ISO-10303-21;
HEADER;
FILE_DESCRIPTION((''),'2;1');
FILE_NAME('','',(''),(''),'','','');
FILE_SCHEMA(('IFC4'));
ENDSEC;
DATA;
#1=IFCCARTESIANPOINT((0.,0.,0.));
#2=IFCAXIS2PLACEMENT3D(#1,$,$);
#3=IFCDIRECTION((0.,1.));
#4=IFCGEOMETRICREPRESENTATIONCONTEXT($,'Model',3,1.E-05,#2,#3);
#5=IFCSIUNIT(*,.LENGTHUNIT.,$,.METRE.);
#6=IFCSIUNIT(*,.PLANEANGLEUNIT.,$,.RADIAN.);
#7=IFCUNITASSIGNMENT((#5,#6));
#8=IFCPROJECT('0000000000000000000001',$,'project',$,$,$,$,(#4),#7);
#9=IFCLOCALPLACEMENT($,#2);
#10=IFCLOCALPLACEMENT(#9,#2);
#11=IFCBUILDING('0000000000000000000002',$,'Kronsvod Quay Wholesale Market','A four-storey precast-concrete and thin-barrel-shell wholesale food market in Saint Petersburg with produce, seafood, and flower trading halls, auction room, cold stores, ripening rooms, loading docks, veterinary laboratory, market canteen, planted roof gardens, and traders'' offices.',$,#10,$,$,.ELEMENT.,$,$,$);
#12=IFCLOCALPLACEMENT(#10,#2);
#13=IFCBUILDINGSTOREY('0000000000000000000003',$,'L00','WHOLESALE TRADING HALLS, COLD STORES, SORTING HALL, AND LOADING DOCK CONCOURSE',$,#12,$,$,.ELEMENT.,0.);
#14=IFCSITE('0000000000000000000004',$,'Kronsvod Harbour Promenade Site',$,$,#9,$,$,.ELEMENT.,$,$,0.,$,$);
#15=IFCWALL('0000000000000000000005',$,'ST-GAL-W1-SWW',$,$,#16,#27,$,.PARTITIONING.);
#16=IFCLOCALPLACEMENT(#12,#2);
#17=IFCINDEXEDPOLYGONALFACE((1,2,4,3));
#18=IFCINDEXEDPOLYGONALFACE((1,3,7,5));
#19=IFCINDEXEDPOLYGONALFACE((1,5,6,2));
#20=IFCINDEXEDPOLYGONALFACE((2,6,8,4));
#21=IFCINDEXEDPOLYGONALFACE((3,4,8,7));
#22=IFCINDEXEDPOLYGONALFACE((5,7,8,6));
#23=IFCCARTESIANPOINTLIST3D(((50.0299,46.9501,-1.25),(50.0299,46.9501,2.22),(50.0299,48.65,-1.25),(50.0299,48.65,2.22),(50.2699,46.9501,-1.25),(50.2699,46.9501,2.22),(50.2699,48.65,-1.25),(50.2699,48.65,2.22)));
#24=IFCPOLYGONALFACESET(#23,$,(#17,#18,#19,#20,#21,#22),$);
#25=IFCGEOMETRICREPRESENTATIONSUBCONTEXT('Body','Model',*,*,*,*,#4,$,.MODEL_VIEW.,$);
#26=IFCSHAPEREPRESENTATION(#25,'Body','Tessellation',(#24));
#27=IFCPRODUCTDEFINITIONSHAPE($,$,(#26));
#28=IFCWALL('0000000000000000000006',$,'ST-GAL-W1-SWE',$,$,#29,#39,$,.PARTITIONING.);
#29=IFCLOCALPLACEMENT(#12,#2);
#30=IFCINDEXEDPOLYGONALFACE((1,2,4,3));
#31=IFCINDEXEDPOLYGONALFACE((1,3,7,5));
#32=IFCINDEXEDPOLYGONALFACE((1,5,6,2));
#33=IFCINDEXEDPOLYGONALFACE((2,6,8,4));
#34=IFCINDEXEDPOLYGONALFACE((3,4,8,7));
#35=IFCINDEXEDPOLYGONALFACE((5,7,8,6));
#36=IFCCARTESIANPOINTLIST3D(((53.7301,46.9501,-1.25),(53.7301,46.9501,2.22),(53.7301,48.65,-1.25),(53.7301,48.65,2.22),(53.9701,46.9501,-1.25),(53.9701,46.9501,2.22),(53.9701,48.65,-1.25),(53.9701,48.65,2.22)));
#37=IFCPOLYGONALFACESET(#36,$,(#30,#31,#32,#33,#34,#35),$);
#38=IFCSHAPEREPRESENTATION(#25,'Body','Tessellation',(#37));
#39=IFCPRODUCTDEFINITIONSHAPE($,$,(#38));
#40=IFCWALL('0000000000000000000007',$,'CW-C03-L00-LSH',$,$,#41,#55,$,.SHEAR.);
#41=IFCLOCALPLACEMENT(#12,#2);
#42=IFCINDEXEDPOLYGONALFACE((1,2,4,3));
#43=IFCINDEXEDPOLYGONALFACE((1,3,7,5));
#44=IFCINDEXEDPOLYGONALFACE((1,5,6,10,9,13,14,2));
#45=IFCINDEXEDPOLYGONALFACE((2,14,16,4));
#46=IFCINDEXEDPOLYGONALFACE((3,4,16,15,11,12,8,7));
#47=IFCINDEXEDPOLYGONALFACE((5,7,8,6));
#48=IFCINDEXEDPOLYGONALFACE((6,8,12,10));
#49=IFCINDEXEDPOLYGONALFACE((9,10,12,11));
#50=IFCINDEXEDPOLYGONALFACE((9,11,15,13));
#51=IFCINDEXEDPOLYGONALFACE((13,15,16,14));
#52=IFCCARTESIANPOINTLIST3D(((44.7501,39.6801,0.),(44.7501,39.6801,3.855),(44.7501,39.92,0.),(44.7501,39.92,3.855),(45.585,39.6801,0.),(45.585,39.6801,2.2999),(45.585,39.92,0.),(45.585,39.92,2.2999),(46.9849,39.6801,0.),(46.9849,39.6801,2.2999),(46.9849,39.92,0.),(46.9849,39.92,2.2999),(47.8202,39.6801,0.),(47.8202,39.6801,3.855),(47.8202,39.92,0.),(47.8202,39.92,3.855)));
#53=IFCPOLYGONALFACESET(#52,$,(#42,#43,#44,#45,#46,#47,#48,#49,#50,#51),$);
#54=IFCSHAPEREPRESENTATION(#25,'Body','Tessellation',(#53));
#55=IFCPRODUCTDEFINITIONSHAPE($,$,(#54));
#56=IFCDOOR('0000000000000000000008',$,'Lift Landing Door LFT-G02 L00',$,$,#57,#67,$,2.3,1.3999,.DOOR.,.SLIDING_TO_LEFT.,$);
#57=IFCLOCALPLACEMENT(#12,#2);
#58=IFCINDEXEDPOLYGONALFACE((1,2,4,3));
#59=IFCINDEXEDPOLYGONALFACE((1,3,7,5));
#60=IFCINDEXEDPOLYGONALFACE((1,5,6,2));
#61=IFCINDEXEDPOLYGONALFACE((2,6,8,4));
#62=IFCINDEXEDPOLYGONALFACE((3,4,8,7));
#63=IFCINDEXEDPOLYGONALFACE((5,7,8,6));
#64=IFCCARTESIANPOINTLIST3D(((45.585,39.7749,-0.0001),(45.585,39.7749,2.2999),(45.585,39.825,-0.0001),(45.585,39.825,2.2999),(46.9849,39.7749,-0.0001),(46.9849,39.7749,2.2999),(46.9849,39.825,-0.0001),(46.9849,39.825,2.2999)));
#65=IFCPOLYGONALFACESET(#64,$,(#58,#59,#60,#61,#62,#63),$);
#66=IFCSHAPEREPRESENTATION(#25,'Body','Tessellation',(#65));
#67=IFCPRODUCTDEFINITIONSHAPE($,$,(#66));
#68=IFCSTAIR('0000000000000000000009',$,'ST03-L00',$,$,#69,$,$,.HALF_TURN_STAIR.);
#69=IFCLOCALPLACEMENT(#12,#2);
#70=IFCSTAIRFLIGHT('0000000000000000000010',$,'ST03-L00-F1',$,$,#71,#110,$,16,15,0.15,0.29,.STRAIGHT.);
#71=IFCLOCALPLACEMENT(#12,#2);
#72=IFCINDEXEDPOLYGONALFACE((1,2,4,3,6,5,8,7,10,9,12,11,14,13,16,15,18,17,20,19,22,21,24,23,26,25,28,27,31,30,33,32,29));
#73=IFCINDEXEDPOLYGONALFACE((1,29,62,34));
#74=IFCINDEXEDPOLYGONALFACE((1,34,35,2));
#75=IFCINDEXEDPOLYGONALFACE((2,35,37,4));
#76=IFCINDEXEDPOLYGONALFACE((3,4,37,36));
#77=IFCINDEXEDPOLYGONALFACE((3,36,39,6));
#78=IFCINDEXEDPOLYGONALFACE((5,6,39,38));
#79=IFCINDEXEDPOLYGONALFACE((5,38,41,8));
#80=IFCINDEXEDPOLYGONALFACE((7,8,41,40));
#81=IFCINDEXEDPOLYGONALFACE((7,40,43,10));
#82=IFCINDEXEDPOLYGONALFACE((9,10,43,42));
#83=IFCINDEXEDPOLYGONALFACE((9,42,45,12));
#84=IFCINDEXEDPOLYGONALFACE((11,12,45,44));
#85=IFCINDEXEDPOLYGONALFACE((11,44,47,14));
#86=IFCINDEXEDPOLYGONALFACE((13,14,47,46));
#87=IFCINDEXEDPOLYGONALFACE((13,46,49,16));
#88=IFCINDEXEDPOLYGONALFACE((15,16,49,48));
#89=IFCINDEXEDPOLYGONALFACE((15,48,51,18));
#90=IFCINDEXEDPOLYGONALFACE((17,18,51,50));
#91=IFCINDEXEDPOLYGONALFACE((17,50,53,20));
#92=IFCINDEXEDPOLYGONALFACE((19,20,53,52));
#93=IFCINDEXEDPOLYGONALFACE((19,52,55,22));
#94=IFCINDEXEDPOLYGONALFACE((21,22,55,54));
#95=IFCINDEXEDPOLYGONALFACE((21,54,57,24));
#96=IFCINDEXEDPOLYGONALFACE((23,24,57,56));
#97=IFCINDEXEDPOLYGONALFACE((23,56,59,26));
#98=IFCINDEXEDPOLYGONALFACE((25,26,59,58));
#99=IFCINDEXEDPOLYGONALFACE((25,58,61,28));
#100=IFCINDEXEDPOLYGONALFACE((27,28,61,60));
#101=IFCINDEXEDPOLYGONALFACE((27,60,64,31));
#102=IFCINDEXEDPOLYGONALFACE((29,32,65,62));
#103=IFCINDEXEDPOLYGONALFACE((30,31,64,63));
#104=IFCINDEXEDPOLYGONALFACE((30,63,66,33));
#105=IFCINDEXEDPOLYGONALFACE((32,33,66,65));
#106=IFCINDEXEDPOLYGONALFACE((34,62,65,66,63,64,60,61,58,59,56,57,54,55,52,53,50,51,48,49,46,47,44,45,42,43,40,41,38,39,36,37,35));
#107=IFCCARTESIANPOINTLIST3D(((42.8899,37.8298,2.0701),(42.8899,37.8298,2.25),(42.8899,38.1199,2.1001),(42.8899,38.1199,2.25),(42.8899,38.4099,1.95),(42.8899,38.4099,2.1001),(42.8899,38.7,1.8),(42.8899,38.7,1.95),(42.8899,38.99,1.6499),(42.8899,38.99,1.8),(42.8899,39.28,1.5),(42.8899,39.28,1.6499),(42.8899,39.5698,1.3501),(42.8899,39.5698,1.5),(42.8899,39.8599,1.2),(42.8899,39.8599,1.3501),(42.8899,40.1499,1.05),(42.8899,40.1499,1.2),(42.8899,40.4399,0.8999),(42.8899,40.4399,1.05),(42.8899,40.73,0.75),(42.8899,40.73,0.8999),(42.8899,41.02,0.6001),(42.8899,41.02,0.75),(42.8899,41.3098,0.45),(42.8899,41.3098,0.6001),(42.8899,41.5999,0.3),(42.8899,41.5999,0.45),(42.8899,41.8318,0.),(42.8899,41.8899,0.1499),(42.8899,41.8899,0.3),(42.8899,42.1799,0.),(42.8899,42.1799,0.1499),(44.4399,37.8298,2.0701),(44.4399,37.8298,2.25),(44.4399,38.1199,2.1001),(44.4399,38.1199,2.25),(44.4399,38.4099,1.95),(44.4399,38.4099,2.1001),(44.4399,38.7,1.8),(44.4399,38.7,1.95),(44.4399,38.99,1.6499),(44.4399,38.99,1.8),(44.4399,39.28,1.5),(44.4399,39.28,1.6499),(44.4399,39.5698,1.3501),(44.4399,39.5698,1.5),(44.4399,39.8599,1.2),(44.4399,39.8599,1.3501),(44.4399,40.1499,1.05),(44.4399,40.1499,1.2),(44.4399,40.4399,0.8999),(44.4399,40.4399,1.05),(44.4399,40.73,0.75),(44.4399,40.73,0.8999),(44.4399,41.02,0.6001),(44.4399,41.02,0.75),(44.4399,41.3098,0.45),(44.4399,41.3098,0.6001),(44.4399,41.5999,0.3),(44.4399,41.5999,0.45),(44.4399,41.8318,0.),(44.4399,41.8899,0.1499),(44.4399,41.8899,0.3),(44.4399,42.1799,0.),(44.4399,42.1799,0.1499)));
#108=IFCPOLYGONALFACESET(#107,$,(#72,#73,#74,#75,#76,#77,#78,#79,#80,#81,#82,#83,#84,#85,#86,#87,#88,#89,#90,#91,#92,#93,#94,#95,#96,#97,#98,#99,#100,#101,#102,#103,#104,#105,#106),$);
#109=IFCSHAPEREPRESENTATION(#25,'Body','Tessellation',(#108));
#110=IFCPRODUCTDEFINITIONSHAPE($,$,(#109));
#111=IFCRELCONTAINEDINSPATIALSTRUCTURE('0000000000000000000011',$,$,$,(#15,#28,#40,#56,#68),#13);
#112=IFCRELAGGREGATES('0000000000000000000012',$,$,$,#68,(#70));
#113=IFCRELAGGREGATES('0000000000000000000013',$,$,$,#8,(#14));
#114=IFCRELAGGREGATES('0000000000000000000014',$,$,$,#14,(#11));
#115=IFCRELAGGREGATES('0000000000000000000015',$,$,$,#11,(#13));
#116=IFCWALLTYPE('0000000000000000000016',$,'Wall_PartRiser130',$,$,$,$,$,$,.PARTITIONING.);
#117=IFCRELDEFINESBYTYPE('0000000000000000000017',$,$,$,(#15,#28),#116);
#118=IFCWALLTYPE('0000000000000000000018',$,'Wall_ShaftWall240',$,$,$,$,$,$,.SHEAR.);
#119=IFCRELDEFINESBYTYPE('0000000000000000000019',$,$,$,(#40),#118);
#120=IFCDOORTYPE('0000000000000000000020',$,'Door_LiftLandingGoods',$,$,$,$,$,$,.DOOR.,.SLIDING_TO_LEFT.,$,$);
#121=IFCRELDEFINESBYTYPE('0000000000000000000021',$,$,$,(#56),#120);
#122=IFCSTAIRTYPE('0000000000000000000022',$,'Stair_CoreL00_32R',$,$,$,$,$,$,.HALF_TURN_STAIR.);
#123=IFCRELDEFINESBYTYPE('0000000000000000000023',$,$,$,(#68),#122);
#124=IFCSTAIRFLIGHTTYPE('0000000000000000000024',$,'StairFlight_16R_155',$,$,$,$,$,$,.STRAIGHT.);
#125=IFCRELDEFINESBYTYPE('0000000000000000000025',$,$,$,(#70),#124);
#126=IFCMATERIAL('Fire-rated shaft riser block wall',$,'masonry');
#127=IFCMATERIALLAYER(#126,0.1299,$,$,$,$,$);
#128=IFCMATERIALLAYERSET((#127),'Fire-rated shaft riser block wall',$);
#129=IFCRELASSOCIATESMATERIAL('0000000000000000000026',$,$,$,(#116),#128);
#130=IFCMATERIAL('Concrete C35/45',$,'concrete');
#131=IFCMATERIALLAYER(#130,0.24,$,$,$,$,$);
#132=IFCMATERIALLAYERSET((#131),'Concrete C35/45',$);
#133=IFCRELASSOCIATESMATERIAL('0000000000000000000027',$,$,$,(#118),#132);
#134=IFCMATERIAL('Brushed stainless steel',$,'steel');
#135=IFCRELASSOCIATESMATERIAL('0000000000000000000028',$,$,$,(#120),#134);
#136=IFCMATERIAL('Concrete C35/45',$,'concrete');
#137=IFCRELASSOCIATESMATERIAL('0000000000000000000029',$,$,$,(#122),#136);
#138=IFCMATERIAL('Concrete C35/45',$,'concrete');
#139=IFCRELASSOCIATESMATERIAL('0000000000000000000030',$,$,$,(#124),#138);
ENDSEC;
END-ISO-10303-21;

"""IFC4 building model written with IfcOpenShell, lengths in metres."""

from ifc_helpers import new_model, si_unit, direction, frame, frame_2d, origin, place, context, subcontext, project, spatial, polyline, rectangle, outline, extrude, material, layer, layer_set, type_object, element, fill, aggregate, save


model = new_model("IFC4")

# Units and contexts
model_context = context("Model", 3, precision=1e-05, world=origin(), true_north=direction((0.0, 1.0)))
body_context = subcontext(model_context, "Body", "Model", "MODEL_VIEW")
ifc_project = project(units=[si_unit("LENGTHUNIT", "METRE"), si_unit("PLANEANGLEUNIT", "RADIAN")], contexts=[model_context])

# Site, building, storey
site_placement = place(None, origin())
site = spatial("IfcSite", under=ifc_project, at=site_placement, Name="Kronsvod Harbour Promenade Site", CompositionType="ELEMENT", RefElevation=0.0)
building_placement = place(site_placement, origin())
building = spatial("IfcBuilding", under=site, at=building_placement, Name="Kronsvod Quay Wholesale Market", Description="A four-storey precast-concrete and thin-barrel-shell wholesale food market in Saint Petersburg with produce, seafood, and flower trading halls, auction room, cold stores, ripening rooms, loading docks, veterinary laboratory, market canteen, planted roof gardens, and traders' offices.", CompositionType="ELEMENT")
storey_placement = place(building_placement, origin())
storey = spatial("IfcBuildingStorey", under=building, at=storey_placement, Name="L00", Description="WHOLESALE TRADING HALLS, COLD STORES, SORTING HALL, AND LOADING DOCK CONCOURSE", CompositionType="ELEMENT", Elevation=0.0)

# Walls
ifc_material_1 = material(Name="Fire-rated shaft riser block wall", Category="masonry")
ifc_layer_1 = layer(ifc_material_1, 0.1299)
ifc_layer_set_1 = layer_set([ifc_layer_1], Name="Fire-rated shaft riser block wall")
wall_type_1 = type_object("IfcWallType", Name="Wall_PartRiser130", PredefinedType="PARTITIONING", material=ifc_layer_set_1)
for number, where, z_axis, x_axis, name in (
    (1, (50.1499, 46.95, -1.25), (0.0, 0.0, 1.0), (0.0, 1.0, 0.0), "ST-GAL-W1-SWW"),
    (2, (53.8501, 46.95, -1.25), (0.0, 0.0, 1.0), (0.0, 1.0, 0.0), "ST-GAL-W1-SWE"),
):
    element("IfcWall", number, at=place(storey_placement, frame(where, z_axis=z_axis, x_axis=x_axis)), inside=storey, type_object=wall_type_1, Name=name, PredefinedType="PARTITIONING", context=body_context, shape_type="SweptSolid", body=[
        extrude(rectangle(XDim=1.7, YDim=0.24, at=frame_2d((0.8501, 0.0))), origin(), (0.0, 0.0, 1.0), 3.47),
    ])

# Wall, opening, door
ifc_material_2 = material(Name="Concrete C35/45", Category="concrete")
ifc_layer_2 = layer(ifc_material_2, 0.24)
ifc_layer_set_2 = layer_set([ifc_layer_2], Name="Concrete C35/45")
wall_type_2 = type_object("IfcWallType", Name="Wall_ShaftWall240", PredefinedType="SHEAR", material=ifc_layer_set_2)
wall_1_placement = place(storey_placement, frame((44.75, 39.8, 0.0), z_axis=(0.0, 0.0, 1.0), x_axis=(1.0, 0.0, 0.0)))
wall_1 = element("IfcWall", 3, at=wall_1_placement, inside=storey, type_object=wall_type_2, Name="CW-C03-L00-LSH", PredefinedType="SHEAR", context=body_context, shape_type="SweptSolid", body=[
    extrude(rectangle(XDim=3.0701, YDim=0.24, at=frame_2d((1.5352, 0.0))), origin(), (0.0, 0.0, 1.0), 3.855),
])
opening_1_placement = place(wall_1_placement, frame((0.835, 0.0, 0.0)))
opening_1 = element("IfcOpeningElement", 4, at=opening_1_placement, cuts=wall_1, PredefinedType="OPENING", context=body_context, shape_type="SweptSolid", body=[
    extrude(rectangle(XDim=1.3999, YDim=2.3, at=frame_2d((0.7, 1.1499))), frame((0.0, 0.1299, 0.0), z_axis=(0.0, -1.0, 0.0), x_axis=(1.0, 0.0, 0.0)), (0.0, 0.0, 1.0), 0.26),
])
ifc_material_3 = material(Name="Brushed stainless steel", Category="steel")
door_type_1 = type_object("IfcDoorType", Name="Door_LiftLandingGoods", OperationType="SLIDING_TO_LEFT", PredefinedType="DOOR", material=ifc_material_3)
door_1_placement = place(opening_1_placement, origin())
door_1 = element("IfcDoor", 5, at=door_1_placement, inside=storey, type_object=door_type_1, Name="Lift Landing Door LFT-G02 L00", OperationType="SLIDING_TO_LEFT", OverallHeight=2.3, OverallWidth=1.3999, PredefinedType="DOOR", context=body_context, shape_type="SweptSolid", body=[
    extrude(rectangle(XDim=1.3999, YDim=2.3, at=frame_2d((0.7, 1.1499))), frame((0.0, 0.0249, 0.0), z_axis=(0.0, -1.0, 0.0), x_axis=(1.0, 0.0, 0.0)), (0.0, 0.0, 1.0), 0.05),
])
fill(opening_1, door_1)

# Stair, stair flight
ifc_material_4 = material(Name="Concrete C35/45", Category="concrete")
stair_type = type_object("IfcStairType", Name="Stair_CoreL00_32R", PredefinedType="HALF_TURN_STAIR", material=ifc_material_4)
stair_placement = place(storey_placement, origin())
stair = element("IfcStair", 6, at=stair_placement, inside=storey, type_object=stair_type, Name="ST03-L00", PredefinedType="HALF_TURN_STAIR")
ifc_material_5 = material(Name="Concrete C35/45", Category="concrete")
stair_flight_type = type_object("IfcStairFlightType", Name="StairFlight_16R_155", PredefinedType="STRAIGHT", material=ifc_material_5)
stair_flight_placement = place(storey_placement, frame((43.665, 42.1799, 0.0), z_axis=(0.0, 0.0, 1.0), x_axis=(0.0, -1.0, 0.0)))
stair_flight = element("IfcStairFlight", 7, at=stair_flight_placement, type_object=stair_flight_type, Name="ST03-L00-F1", NumberOfRisers=16, NumberOfTreads=15, PredefinedType="STRAIGHT", RiserHeight=0.15, TreadLength=0.29, context=body_context, shape_type="SweptSolid", body=[
    extrude(outline(polyline([(0.0, 0.0), (0.0, 0.1499), (0.29, 0.1499), (0.29, 0.3), (0.5801, 0.3), (0.5801, 0.45), (0.8701, 0.45), (0.8701, 0.6001), (1.1599, 0.6001), (1.1599, 0.75), (1.45, 0.75), (1.45, 0.8999), (1.74, 0.8999), (1.74, 1.05), (2.03, 1.05), (2.03, 1.2), (2.3201, 1.2), (2.3201, 1.3501), (2.6101, 1.3501), (2.6101, 1.5), (2.8999, 1.5), (2.8999, 1.6499), (3.1899, 1.6499), (3.1899, 1.8), (3.48, 1.8), (3.48, 1.95), (3.77, 1.95), (3.77, 2.1001), (4.0601, 2.1001), (4.0601, 2.25), (4.3501, 2.25), (4.3501, 2.3999), (4.3501, 2.0701), (0.3481, 0.0), (0.0, 0.0)])), frame((0.0, 0.7749, 0.0), z_axis=(0.0, -1.0, 0.0), x_axis=(1.0, 0.0, 0.0)), (0.0, 0.0, 1.0), 1.55),
])
aggregate(stair, [stair_flight])

save(model, "model.ifc")
